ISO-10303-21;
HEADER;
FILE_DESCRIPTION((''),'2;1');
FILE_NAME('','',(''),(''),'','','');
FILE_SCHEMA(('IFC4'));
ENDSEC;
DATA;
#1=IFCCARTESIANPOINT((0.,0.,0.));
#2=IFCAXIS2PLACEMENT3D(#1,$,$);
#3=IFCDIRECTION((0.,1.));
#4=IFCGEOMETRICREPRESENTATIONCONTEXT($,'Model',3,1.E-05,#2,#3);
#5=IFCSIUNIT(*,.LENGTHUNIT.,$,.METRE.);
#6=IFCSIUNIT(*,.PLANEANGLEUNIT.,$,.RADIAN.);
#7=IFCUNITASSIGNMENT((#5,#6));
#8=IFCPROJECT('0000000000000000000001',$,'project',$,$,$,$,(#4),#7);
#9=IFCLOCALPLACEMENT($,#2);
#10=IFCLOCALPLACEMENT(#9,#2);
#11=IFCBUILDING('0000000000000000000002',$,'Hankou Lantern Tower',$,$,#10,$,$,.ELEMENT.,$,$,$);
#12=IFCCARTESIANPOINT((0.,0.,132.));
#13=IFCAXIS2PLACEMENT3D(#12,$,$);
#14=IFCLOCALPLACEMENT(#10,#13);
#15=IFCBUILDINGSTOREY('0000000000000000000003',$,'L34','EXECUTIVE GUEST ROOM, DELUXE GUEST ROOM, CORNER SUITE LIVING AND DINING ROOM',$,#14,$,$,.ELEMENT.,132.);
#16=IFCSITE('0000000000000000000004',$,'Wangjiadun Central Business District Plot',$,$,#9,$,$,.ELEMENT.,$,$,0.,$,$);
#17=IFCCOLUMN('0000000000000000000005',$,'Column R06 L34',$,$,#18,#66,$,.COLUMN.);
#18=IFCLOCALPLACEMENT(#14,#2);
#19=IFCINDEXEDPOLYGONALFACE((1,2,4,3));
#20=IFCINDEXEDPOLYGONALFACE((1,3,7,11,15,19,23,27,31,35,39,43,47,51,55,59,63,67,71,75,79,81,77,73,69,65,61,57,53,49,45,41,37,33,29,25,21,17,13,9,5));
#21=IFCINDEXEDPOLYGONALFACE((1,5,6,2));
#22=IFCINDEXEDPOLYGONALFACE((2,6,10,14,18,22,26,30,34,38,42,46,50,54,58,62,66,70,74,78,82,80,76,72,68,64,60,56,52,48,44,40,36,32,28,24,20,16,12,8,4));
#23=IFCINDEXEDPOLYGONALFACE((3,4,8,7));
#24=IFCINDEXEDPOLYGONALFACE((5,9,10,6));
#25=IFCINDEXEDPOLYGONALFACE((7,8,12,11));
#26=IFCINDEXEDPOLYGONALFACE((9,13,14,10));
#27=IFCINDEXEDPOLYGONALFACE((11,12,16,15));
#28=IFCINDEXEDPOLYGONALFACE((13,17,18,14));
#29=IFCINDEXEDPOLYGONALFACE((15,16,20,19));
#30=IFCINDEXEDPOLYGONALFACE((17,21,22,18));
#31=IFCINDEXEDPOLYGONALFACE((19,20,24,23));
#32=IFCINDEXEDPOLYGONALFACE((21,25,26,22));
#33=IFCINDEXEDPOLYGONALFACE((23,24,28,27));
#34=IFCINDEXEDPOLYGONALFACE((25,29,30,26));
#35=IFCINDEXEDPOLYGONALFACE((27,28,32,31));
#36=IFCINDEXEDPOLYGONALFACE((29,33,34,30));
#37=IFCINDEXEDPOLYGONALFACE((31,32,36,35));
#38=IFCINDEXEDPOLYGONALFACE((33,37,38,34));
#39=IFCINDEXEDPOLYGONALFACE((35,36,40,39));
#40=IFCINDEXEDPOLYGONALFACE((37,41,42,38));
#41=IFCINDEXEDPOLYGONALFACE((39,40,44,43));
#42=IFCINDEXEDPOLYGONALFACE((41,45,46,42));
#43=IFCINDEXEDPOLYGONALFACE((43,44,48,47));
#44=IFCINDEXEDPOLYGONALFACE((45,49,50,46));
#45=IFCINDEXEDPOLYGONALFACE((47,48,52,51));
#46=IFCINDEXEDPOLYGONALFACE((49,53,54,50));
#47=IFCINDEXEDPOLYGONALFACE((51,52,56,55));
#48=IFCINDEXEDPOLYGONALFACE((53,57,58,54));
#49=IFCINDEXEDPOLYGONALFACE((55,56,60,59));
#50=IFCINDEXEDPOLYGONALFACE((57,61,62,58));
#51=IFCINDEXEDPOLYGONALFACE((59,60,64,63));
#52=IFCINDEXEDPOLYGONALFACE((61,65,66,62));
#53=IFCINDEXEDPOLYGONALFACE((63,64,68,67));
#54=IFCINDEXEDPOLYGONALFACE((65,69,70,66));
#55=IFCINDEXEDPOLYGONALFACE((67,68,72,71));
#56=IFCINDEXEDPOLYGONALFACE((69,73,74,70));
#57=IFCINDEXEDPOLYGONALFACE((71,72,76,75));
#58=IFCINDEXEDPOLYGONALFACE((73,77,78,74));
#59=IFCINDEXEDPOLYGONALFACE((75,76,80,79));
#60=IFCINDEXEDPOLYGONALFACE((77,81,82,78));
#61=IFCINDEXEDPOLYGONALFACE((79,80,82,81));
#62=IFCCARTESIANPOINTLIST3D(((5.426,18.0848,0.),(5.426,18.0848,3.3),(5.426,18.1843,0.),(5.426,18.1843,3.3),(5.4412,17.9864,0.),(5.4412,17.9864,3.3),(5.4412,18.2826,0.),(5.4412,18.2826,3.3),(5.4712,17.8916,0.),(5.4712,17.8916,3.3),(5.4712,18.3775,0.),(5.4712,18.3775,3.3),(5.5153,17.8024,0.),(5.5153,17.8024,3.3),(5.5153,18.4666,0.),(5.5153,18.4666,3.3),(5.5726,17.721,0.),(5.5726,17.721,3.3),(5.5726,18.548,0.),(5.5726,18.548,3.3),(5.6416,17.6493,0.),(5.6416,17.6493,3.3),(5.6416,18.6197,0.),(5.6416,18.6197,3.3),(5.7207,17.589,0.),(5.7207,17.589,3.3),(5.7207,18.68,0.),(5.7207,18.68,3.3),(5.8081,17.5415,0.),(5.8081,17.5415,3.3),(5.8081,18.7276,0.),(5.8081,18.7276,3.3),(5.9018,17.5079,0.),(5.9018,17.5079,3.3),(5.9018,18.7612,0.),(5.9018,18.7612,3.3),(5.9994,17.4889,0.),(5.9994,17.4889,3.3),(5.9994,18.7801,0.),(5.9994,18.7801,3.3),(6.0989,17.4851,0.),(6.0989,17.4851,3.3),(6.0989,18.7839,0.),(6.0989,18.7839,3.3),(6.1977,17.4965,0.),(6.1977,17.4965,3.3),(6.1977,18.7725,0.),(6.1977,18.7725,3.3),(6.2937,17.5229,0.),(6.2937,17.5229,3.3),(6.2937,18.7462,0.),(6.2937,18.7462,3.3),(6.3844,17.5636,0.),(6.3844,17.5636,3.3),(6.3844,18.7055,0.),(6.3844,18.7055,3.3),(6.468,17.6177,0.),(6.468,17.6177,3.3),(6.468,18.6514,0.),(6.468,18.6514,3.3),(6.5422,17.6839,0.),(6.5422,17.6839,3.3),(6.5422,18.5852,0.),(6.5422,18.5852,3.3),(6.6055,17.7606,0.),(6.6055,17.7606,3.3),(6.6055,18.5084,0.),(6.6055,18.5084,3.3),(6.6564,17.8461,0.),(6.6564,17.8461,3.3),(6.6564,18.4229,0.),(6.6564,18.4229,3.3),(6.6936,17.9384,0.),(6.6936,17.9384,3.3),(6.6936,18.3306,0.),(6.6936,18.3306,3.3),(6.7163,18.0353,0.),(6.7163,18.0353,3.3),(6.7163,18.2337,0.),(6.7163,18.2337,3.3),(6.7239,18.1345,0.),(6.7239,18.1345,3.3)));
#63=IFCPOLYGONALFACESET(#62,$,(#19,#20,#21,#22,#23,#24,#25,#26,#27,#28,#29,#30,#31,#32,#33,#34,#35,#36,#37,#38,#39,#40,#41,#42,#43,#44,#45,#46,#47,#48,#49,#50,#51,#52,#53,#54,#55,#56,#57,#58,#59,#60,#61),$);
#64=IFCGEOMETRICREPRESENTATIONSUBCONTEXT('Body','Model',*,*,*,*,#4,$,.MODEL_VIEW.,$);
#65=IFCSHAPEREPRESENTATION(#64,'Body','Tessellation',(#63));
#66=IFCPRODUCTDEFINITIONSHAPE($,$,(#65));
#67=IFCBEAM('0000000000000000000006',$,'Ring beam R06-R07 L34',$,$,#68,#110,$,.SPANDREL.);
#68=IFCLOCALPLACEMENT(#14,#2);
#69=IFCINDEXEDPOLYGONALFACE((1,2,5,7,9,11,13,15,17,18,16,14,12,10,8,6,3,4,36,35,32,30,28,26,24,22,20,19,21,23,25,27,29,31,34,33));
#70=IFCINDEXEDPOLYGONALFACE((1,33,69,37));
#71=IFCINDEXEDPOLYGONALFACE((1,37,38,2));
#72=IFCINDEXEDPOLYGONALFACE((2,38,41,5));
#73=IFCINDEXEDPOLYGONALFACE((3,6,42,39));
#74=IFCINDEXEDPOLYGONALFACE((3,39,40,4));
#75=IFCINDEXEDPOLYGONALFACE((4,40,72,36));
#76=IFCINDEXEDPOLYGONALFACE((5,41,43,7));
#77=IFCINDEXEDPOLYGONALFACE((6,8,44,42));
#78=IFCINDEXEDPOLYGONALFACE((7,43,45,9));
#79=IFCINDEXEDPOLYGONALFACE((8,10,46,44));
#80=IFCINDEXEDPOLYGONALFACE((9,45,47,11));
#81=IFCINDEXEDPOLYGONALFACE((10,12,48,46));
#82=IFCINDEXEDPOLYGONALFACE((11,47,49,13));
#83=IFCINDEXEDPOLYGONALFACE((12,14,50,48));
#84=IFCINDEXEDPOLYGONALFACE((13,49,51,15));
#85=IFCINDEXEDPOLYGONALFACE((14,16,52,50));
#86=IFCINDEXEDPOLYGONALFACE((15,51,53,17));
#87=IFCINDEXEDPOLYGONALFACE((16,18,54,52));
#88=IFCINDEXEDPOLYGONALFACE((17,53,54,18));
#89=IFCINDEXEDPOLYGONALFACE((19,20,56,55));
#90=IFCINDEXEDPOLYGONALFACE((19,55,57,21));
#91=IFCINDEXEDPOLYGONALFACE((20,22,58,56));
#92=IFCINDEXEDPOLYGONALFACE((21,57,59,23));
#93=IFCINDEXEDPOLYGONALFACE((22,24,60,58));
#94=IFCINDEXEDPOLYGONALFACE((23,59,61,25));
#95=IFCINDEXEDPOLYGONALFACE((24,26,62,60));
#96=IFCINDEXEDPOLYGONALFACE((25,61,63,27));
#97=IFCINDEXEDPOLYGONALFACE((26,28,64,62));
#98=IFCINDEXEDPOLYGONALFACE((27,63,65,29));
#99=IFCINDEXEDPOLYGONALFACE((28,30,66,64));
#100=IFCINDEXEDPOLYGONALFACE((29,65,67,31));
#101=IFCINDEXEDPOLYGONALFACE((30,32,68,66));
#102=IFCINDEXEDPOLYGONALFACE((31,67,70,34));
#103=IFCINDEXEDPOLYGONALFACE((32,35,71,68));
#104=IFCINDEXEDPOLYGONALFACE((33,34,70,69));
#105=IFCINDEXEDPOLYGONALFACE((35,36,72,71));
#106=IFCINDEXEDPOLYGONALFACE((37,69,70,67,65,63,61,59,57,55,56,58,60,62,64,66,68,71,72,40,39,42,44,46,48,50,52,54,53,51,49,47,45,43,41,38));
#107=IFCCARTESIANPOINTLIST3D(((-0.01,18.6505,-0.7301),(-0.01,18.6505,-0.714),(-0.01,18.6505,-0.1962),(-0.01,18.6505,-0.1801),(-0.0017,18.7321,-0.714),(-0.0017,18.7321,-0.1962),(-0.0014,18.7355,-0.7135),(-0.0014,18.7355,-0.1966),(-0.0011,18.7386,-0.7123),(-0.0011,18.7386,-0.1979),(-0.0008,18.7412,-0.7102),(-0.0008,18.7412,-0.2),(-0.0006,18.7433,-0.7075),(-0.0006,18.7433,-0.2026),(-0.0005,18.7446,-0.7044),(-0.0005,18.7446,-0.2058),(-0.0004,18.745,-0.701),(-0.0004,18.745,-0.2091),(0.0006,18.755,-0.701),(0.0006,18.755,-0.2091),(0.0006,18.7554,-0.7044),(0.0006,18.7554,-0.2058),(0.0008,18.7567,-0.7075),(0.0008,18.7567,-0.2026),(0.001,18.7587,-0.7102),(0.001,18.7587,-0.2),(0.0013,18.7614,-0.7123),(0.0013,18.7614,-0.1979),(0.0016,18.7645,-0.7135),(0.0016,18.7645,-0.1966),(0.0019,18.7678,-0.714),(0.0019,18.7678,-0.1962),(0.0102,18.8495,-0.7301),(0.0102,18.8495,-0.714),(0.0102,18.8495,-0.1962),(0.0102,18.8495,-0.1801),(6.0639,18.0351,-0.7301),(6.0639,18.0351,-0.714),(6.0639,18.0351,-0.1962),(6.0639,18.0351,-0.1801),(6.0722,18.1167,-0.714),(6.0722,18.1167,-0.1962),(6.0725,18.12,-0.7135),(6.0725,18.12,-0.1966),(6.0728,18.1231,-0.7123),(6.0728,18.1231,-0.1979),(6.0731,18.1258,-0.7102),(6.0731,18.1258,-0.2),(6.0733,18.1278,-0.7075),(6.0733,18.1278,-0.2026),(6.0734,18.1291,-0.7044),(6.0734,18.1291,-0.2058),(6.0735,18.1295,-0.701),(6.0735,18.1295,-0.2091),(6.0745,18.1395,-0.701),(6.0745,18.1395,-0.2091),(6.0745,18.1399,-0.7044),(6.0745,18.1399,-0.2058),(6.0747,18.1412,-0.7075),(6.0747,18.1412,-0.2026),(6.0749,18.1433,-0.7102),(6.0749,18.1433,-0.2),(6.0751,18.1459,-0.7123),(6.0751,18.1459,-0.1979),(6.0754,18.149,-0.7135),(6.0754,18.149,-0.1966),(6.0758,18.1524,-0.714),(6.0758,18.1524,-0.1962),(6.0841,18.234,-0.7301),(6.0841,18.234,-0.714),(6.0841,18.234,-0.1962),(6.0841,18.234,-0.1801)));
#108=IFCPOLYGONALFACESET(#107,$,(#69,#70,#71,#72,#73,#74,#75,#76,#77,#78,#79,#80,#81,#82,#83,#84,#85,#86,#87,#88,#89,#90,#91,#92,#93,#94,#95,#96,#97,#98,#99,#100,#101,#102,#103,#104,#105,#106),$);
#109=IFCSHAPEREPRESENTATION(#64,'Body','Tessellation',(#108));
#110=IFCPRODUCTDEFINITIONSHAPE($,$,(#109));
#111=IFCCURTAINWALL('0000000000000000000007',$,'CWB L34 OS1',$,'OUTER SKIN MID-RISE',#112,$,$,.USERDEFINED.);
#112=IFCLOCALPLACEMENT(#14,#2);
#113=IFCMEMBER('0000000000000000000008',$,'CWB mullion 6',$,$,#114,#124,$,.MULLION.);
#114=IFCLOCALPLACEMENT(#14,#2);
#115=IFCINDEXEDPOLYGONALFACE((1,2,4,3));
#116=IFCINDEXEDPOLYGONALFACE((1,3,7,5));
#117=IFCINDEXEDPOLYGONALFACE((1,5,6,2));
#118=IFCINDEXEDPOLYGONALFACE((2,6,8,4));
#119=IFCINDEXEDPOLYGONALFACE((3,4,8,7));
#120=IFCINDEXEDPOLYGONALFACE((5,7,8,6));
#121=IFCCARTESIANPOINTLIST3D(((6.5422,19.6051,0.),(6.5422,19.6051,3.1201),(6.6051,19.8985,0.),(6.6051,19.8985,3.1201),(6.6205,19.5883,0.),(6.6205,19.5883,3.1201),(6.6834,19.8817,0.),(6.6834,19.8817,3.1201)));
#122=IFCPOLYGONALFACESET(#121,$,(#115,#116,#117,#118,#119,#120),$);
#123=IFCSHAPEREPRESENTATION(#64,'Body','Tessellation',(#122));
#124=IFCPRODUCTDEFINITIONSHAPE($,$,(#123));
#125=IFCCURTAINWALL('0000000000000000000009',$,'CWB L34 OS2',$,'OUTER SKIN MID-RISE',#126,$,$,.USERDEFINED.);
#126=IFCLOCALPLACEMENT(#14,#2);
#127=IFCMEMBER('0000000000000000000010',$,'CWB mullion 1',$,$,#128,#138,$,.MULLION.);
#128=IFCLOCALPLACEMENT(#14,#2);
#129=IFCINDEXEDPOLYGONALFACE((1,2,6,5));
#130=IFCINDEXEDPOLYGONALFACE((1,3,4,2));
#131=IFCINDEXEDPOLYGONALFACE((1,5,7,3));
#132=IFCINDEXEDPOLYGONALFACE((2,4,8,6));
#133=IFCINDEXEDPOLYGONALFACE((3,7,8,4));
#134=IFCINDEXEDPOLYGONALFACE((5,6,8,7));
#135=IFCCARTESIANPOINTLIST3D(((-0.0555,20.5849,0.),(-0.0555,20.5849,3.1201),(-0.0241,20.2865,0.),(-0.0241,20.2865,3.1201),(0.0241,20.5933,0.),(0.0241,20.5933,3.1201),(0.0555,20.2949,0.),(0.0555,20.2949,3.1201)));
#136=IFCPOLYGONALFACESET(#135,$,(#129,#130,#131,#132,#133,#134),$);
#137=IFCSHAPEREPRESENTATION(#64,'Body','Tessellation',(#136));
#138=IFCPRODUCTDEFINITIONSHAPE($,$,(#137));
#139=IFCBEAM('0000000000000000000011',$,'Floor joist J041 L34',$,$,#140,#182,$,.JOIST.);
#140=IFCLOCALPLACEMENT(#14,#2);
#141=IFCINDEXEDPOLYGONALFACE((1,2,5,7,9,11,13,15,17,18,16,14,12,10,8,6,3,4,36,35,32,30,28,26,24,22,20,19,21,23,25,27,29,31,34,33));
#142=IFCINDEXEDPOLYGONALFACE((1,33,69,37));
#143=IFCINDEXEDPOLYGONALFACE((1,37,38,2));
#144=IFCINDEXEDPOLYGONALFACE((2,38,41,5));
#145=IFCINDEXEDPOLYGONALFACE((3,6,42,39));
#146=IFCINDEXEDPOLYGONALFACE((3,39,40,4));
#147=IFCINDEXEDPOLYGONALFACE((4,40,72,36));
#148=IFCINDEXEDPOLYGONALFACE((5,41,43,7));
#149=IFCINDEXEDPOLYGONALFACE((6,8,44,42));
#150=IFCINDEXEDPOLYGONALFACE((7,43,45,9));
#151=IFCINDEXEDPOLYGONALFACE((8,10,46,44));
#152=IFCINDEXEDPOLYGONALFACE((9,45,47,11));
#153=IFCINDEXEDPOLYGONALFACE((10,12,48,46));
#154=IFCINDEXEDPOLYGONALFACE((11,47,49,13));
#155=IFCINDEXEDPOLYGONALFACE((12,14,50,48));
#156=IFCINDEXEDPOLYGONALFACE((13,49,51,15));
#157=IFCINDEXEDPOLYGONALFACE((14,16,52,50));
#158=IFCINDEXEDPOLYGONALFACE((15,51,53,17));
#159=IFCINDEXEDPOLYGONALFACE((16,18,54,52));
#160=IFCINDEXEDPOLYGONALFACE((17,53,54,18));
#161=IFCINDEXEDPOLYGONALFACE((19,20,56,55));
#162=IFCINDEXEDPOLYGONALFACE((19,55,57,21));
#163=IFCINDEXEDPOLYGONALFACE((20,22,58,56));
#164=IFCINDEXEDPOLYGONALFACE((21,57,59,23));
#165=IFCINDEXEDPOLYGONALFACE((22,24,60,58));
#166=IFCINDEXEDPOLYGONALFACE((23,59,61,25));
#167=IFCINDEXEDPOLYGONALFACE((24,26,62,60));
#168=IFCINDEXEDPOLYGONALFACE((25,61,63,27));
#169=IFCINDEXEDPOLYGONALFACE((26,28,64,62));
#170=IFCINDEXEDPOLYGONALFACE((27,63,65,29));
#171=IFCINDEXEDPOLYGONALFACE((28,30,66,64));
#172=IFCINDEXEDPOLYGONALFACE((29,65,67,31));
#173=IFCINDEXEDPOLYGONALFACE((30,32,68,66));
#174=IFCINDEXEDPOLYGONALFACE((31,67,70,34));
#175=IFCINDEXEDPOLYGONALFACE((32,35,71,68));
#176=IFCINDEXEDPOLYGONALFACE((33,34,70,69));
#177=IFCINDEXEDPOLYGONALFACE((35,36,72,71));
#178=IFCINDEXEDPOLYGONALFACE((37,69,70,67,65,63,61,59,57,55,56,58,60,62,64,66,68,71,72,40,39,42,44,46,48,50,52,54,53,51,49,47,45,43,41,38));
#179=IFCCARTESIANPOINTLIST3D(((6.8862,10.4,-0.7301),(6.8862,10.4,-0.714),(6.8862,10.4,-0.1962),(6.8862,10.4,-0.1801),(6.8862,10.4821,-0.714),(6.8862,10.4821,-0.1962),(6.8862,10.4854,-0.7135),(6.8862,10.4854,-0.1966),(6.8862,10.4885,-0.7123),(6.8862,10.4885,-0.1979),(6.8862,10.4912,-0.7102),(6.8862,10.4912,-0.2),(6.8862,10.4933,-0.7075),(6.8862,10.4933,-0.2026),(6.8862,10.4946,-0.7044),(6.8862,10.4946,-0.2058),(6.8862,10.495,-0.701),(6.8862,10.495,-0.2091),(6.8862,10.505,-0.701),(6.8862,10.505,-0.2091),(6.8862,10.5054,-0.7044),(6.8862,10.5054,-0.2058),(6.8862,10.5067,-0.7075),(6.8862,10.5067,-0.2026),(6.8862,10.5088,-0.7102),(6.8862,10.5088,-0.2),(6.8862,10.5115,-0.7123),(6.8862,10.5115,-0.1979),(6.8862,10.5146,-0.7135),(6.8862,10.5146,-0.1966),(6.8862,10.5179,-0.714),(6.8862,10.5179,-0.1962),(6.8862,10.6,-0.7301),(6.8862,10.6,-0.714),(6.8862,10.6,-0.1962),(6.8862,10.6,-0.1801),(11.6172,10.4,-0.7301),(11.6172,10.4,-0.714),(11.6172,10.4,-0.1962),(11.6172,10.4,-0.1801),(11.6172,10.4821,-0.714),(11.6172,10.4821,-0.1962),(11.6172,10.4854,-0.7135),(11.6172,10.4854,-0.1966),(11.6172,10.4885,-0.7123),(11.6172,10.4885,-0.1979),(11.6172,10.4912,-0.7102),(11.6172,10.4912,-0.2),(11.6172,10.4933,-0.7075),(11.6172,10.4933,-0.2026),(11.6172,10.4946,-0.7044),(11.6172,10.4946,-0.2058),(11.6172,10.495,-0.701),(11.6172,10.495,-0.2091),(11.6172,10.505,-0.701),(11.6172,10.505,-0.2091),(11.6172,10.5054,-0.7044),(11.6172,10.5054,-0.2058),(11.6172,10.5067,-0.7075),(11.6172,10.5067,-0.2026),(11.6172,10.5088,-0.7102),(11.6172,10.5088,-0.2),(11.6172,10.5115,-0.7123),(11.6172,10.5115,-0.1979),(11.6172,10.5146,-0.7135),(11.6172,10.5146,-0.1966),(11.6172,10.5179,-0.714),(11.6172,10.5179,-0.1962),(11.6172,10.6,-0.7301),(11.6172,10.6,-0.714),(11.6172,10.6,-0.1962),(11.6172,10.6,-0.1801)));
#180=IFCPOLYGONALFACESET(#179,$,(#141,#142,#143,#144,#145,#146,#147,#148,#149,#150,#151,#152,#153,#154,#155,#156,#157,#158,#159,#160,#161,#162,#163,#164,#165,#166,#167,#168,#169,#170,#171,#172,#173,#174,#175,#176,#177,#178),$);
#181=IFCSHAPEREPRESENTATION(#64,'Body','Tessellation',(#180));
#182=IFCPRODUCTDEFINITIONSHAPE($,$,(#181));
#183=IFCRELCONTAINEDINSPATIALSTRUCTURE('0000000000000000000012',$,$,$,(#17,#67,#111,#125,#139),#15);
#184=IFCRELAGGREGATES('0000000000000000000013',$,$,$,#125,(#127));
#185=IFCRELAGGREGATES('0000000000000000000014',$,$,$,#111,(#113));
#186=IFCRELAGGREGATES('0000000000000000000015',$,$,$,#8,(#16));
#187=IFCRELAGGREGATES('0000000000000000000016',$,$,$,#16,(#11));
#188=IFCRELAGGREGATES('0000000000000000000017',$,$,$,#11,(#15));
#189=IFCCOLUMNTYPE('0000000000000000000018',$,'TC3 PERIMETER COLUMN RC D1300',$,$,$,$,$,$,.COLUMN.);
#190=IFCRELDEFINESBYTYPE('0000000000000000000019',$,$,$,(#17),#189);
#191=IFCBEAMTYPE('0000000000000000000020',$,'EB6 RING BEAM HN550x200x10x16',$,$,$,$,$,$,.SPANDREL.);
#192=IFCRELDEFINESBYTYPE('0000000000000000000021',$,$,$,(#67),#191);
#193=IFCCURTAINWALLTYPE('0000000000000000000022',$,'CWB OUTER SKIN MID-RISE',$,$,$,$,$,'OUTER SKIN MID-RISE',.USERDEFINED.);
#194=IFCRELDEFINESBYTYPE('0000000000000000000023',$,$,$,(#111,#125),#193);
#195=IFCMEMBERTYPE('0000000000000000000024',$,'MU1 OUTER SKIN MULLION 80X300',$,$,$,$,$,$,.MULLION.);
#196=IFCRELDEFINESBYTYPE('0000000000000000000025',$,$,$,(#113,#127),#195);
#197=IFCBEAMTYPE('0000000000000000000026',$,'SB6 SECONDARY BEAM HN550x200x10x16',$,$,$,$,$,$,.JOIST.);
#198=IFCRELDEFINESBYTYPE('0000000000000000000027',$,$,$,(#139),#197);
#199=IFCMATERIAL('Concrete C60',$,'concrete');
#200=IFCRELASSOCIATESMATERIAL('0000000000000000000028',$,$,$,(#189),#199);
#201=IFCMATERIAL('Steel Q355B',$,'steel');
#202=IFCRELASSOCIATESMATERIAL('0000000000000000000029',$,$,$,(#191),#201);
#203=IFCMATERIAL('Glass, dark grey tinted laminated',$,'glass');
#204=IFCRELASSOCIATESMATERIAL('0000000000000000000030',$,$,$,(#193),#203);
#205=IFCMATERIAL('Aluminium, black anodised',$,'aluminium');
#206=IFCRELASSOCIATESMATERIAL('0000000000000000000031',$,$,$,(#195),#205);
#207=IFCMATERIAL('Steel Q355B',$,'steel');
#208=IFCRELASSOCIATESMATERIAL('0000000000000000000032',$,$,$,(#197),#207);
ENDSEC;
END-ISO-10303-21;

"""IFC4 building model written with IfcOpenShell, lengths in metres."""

from ifc_helpers import new_model, si_unit, direction, frame, origin, origin_2d, place, context, subcontext, project, spatial, rectangle, circle, i_section, extrude, material, material_profile, profile_set, type_object, element, aggregate, save


model = new_model("IFC4")

# Units and contexts
model_context = context("Model", 3, precision=1e-05, world=origin(), true_north=direction((0.0, 1.0)))
body_context = subcontext(model_context, "Body", "Model", "MODEL_VIEW")
ifc_project = project(units=[si_unit("LENGTHUNIT", "METRE"), si_unit("PLANEANGLEUNIT", "RADIAN")], contexts=[model_context])

# Site, building, storey
site_placement = place(None, origin())
site = spatial("IfcSite", under=ifc_project, at=site_placement, Name="Wangjiadun Central Business District Plot", CompositionType="ELEMENT", RefElevation=0.0)
building_placement = place(site_placement, origin())
building = spatial("IfcBuilding", under=site, at=building_placement, Name="Hankou Lantern Tower", CompositionType="ELEMENT")
storey_placement = place(building_placement, frame((0.0, 0.0, 132.0)))
storey = spatial("IfcBuildingStorey", under=building, at=storey_placement, Name="L34", Description="EXECUTIVE GUEST ROOM, DELUXE GUEST ROOM, CORNER SUITE LIVING AND DINING ROOM", CompositionType="ELEMENT", Elevation=132.0)

# Column
ifc_material_1 = material(Name="Concrete C60", Category="concrete")
ifc_material_profile_1 = material_profile(ifc_material_1, circle(Radius=0.6499, at=origin_2d()), Name="RC D1300")
ifc_profile_set_1 = profile_set([ifc_material_profile_1], Name="Concrete C60")
column_type = type_object("IfcColumnType", Name="TC3 PERIMETER COLUMN RC D1300", PredefinedType="COLUMN", material=ifc_profile_set_1)
column_placement = place(storey_placement, frame((6.074, 18.1345, 0.0), z_axis=(0.0, 0.0, 1.0), x_axis=(1.0, 0.0, 0.0)))
element("IfcColumn", 1, at=column_placement, inside=storey, type_object=column_type, Name="Column R06 L34", PredefinedType="COLUMN", context=body_context, shape_type="SweptSolid", body=[
    extrude(circle(Radius=0.6499, at=origin_2d()), origin(), (0.0, 0.0, 1.0), 3.3),
])

# Beam
ifc_material_2 = material(Name="Steel Q355B", Category="steel")
ifc_material_profile_2 = material_profile(ifc_material_2, i_section(OverallWidth=0.2, OverallDepth=0.55, WebThickness=0.01, FlangeThickness=0.0161, FilletRadius=0.0129, at=origin_2d()), Name="HN550x200x10x16")
ifc_profile_set_2 = profile_set([ifc_material_profile_2], Name="Steel Q355B")
beam_type_1 = type_object("IfcBeamType", Name="EB6 RING BEAM HN550x200x10x16", PredefinedType="SPANDREL", material=ifc_profile_set_2)
beam_1_placement = place(storey_placement, frame((6.074, 18.1345, -0.4551), z_axis=(-0.994905, 0.100814, 0.0), x_axis=(-0.100814, -0.994905, 0.0)))
element("IfcBeam", 2, at=beam_1_placement, inside=storey, type_object=beam_type_1, Name="Ring beam R06-R07 L34", PredefinedType="SPANDREL", context=body_context, shape_type="SweptSolid", body=[
    extrude(i_section(OverallWidth=0.2, OverallDepth=0.55, WebThickness=0.01, FlangeThickness=0.0161, FilletRadius=0.0129, at=origin_2d()), origin(), (0.0, 0.0, 1.0), 6.105),
])

# Curtain walls, members
ifc_material_3 = material(Name="Glass, dark grey tinted laminated", Category="glass")
curtain_wall_type = type_object("IfcCurtainWallType", Name="CWB OUTER SKIN MID-RISE", ElementType="OUTER SKIN MID-RISE", PredefinedType="USERDEFINED", material=ifc_material_3)
curtain_wall_1_placement = place(storey_placement, origin())
curtain_wall_1 = element("IfcCurtainWall", 3, at=curtain_wall_1_placement, inside=storey, type_object=curtain_wall_type, Name="CWB L34 OS1", ObjectType="OUTER SKIN MID-RISE", PredefinedType="USERDEFINED")
ifc_material_4 = material(Name="Aluminium, black anodised", Category="aluminium")
ifc_material_profile_3 = material_profile(ifc_material_4, rectangle(XDim=0.0801, YDim=0.3, at=origin_2d()), Name="MU1 80X300")
ifc_profile_set_3 = profile_set([ifc_material_profile_3], Name="Aluminium, black anodised")
member_type_1 = type_object("IfcMemberType", Name="MU1 OUTER SKIN MULLION 80X300", PredefinedType="MULLION", material=ifc_profile_set_3)
member_1_placement = place(storey_placement, frame((6.6128, 19.7434, 0.0), z_axis=(0.0, 0.0, 1.0), x_axis=(-0.977788, 0.209598, 0.0)))
member_1 = element("IfcMember", 4, at=member_1_placement, type_object=member_type_1, Name="CWB mullion 6", PredefinedType="MULLION", context=body_context, shape_type="SweptSolid", body=[
    extrude(rectangle(XDim=0.0801, YDim=0.3, at=origin_2d()), origin(), (0.0, 0.0, 1.0), 3.1201),
])
curtain_wall_2_placement = place(storey_placement, origin())
curtain_wall_2 = element("IfcCurtainWall", 5, at=curtain_wall_2_placement, inside=storey, type_object=curtain_wall_type, Name="CWB L34 OS2", ObjectType="OUTER SKIN MID-RISE", PredefinedType="USERDEFINED")
member_2_placement = place(storey_placement, frame((0.0, 20.4399, 0.0), z_axis=(0.0, 0.0, 1.0), x_axis=(-0.994499, -0.104743, 0.0)))
member_2 = element("IfcMember", 6, at=member_2_placement, type_object=member_type_1, Name="CWB mullion 1", PredefinedType="MULLION", context=body_context, shape_type="SweptSolid", body=[
    extrude(rectangle(XDim=0.0801, YDim=0.3, at=origin_2d()), origin(), (0.0, 0.0, 1.0), 3.1201),
])
aggregate(curtain_wall_2, [member_2])

# Beam
ifc_material_5 = material(Name="Steel Q355B", Category="steel")
ifc_material_profile_4 = material_profile(ifc_material_5, i_section(OverallWidth=0.2, OverallDepth=0.55, WebThickness=0.01, FlangeThickness=0.0161, FilletRadius=0.0129, at=origin_2d()), Name="HN550x200x10x16")
ifc_profile_set_4 = profile_set([ifc_material_profile_4], Name="Steel Q355B")
beam_type_2 = type_object("IfcBeamType", Name="SB6 SECONDARY BEAM HN550x200x10x16", PredefinedType="JOIST", material=ifc_profile_set_4)
beam_2_placement = place(storey_placement, frame((6.8862, 10.5, -0.4551), z_axis=(1.0, 0.0, 0.0), x_axis=(0.0, 1.0, 0.0)))
element("IfcBeam", 7, at=beam_2_placement, inside=storey, type_object=beam_type_2, Name="Floor joist J041 L34", PredefinedType="JOIST", context=body_context, shape_type="SweptSolid", body=[
    extrude(i_section(OverallWidth=0.2, OverallDepth=0.55, WebThickness=0.01, FlangeThickness=0.0161, FilletRadius=0.0129, at=origin_2d()), origin(), (0.0, 0.0, 1.0), 4.731),
])

aggregate(curtain_wall_1, [member_1])

save(model, "model.ifc")
